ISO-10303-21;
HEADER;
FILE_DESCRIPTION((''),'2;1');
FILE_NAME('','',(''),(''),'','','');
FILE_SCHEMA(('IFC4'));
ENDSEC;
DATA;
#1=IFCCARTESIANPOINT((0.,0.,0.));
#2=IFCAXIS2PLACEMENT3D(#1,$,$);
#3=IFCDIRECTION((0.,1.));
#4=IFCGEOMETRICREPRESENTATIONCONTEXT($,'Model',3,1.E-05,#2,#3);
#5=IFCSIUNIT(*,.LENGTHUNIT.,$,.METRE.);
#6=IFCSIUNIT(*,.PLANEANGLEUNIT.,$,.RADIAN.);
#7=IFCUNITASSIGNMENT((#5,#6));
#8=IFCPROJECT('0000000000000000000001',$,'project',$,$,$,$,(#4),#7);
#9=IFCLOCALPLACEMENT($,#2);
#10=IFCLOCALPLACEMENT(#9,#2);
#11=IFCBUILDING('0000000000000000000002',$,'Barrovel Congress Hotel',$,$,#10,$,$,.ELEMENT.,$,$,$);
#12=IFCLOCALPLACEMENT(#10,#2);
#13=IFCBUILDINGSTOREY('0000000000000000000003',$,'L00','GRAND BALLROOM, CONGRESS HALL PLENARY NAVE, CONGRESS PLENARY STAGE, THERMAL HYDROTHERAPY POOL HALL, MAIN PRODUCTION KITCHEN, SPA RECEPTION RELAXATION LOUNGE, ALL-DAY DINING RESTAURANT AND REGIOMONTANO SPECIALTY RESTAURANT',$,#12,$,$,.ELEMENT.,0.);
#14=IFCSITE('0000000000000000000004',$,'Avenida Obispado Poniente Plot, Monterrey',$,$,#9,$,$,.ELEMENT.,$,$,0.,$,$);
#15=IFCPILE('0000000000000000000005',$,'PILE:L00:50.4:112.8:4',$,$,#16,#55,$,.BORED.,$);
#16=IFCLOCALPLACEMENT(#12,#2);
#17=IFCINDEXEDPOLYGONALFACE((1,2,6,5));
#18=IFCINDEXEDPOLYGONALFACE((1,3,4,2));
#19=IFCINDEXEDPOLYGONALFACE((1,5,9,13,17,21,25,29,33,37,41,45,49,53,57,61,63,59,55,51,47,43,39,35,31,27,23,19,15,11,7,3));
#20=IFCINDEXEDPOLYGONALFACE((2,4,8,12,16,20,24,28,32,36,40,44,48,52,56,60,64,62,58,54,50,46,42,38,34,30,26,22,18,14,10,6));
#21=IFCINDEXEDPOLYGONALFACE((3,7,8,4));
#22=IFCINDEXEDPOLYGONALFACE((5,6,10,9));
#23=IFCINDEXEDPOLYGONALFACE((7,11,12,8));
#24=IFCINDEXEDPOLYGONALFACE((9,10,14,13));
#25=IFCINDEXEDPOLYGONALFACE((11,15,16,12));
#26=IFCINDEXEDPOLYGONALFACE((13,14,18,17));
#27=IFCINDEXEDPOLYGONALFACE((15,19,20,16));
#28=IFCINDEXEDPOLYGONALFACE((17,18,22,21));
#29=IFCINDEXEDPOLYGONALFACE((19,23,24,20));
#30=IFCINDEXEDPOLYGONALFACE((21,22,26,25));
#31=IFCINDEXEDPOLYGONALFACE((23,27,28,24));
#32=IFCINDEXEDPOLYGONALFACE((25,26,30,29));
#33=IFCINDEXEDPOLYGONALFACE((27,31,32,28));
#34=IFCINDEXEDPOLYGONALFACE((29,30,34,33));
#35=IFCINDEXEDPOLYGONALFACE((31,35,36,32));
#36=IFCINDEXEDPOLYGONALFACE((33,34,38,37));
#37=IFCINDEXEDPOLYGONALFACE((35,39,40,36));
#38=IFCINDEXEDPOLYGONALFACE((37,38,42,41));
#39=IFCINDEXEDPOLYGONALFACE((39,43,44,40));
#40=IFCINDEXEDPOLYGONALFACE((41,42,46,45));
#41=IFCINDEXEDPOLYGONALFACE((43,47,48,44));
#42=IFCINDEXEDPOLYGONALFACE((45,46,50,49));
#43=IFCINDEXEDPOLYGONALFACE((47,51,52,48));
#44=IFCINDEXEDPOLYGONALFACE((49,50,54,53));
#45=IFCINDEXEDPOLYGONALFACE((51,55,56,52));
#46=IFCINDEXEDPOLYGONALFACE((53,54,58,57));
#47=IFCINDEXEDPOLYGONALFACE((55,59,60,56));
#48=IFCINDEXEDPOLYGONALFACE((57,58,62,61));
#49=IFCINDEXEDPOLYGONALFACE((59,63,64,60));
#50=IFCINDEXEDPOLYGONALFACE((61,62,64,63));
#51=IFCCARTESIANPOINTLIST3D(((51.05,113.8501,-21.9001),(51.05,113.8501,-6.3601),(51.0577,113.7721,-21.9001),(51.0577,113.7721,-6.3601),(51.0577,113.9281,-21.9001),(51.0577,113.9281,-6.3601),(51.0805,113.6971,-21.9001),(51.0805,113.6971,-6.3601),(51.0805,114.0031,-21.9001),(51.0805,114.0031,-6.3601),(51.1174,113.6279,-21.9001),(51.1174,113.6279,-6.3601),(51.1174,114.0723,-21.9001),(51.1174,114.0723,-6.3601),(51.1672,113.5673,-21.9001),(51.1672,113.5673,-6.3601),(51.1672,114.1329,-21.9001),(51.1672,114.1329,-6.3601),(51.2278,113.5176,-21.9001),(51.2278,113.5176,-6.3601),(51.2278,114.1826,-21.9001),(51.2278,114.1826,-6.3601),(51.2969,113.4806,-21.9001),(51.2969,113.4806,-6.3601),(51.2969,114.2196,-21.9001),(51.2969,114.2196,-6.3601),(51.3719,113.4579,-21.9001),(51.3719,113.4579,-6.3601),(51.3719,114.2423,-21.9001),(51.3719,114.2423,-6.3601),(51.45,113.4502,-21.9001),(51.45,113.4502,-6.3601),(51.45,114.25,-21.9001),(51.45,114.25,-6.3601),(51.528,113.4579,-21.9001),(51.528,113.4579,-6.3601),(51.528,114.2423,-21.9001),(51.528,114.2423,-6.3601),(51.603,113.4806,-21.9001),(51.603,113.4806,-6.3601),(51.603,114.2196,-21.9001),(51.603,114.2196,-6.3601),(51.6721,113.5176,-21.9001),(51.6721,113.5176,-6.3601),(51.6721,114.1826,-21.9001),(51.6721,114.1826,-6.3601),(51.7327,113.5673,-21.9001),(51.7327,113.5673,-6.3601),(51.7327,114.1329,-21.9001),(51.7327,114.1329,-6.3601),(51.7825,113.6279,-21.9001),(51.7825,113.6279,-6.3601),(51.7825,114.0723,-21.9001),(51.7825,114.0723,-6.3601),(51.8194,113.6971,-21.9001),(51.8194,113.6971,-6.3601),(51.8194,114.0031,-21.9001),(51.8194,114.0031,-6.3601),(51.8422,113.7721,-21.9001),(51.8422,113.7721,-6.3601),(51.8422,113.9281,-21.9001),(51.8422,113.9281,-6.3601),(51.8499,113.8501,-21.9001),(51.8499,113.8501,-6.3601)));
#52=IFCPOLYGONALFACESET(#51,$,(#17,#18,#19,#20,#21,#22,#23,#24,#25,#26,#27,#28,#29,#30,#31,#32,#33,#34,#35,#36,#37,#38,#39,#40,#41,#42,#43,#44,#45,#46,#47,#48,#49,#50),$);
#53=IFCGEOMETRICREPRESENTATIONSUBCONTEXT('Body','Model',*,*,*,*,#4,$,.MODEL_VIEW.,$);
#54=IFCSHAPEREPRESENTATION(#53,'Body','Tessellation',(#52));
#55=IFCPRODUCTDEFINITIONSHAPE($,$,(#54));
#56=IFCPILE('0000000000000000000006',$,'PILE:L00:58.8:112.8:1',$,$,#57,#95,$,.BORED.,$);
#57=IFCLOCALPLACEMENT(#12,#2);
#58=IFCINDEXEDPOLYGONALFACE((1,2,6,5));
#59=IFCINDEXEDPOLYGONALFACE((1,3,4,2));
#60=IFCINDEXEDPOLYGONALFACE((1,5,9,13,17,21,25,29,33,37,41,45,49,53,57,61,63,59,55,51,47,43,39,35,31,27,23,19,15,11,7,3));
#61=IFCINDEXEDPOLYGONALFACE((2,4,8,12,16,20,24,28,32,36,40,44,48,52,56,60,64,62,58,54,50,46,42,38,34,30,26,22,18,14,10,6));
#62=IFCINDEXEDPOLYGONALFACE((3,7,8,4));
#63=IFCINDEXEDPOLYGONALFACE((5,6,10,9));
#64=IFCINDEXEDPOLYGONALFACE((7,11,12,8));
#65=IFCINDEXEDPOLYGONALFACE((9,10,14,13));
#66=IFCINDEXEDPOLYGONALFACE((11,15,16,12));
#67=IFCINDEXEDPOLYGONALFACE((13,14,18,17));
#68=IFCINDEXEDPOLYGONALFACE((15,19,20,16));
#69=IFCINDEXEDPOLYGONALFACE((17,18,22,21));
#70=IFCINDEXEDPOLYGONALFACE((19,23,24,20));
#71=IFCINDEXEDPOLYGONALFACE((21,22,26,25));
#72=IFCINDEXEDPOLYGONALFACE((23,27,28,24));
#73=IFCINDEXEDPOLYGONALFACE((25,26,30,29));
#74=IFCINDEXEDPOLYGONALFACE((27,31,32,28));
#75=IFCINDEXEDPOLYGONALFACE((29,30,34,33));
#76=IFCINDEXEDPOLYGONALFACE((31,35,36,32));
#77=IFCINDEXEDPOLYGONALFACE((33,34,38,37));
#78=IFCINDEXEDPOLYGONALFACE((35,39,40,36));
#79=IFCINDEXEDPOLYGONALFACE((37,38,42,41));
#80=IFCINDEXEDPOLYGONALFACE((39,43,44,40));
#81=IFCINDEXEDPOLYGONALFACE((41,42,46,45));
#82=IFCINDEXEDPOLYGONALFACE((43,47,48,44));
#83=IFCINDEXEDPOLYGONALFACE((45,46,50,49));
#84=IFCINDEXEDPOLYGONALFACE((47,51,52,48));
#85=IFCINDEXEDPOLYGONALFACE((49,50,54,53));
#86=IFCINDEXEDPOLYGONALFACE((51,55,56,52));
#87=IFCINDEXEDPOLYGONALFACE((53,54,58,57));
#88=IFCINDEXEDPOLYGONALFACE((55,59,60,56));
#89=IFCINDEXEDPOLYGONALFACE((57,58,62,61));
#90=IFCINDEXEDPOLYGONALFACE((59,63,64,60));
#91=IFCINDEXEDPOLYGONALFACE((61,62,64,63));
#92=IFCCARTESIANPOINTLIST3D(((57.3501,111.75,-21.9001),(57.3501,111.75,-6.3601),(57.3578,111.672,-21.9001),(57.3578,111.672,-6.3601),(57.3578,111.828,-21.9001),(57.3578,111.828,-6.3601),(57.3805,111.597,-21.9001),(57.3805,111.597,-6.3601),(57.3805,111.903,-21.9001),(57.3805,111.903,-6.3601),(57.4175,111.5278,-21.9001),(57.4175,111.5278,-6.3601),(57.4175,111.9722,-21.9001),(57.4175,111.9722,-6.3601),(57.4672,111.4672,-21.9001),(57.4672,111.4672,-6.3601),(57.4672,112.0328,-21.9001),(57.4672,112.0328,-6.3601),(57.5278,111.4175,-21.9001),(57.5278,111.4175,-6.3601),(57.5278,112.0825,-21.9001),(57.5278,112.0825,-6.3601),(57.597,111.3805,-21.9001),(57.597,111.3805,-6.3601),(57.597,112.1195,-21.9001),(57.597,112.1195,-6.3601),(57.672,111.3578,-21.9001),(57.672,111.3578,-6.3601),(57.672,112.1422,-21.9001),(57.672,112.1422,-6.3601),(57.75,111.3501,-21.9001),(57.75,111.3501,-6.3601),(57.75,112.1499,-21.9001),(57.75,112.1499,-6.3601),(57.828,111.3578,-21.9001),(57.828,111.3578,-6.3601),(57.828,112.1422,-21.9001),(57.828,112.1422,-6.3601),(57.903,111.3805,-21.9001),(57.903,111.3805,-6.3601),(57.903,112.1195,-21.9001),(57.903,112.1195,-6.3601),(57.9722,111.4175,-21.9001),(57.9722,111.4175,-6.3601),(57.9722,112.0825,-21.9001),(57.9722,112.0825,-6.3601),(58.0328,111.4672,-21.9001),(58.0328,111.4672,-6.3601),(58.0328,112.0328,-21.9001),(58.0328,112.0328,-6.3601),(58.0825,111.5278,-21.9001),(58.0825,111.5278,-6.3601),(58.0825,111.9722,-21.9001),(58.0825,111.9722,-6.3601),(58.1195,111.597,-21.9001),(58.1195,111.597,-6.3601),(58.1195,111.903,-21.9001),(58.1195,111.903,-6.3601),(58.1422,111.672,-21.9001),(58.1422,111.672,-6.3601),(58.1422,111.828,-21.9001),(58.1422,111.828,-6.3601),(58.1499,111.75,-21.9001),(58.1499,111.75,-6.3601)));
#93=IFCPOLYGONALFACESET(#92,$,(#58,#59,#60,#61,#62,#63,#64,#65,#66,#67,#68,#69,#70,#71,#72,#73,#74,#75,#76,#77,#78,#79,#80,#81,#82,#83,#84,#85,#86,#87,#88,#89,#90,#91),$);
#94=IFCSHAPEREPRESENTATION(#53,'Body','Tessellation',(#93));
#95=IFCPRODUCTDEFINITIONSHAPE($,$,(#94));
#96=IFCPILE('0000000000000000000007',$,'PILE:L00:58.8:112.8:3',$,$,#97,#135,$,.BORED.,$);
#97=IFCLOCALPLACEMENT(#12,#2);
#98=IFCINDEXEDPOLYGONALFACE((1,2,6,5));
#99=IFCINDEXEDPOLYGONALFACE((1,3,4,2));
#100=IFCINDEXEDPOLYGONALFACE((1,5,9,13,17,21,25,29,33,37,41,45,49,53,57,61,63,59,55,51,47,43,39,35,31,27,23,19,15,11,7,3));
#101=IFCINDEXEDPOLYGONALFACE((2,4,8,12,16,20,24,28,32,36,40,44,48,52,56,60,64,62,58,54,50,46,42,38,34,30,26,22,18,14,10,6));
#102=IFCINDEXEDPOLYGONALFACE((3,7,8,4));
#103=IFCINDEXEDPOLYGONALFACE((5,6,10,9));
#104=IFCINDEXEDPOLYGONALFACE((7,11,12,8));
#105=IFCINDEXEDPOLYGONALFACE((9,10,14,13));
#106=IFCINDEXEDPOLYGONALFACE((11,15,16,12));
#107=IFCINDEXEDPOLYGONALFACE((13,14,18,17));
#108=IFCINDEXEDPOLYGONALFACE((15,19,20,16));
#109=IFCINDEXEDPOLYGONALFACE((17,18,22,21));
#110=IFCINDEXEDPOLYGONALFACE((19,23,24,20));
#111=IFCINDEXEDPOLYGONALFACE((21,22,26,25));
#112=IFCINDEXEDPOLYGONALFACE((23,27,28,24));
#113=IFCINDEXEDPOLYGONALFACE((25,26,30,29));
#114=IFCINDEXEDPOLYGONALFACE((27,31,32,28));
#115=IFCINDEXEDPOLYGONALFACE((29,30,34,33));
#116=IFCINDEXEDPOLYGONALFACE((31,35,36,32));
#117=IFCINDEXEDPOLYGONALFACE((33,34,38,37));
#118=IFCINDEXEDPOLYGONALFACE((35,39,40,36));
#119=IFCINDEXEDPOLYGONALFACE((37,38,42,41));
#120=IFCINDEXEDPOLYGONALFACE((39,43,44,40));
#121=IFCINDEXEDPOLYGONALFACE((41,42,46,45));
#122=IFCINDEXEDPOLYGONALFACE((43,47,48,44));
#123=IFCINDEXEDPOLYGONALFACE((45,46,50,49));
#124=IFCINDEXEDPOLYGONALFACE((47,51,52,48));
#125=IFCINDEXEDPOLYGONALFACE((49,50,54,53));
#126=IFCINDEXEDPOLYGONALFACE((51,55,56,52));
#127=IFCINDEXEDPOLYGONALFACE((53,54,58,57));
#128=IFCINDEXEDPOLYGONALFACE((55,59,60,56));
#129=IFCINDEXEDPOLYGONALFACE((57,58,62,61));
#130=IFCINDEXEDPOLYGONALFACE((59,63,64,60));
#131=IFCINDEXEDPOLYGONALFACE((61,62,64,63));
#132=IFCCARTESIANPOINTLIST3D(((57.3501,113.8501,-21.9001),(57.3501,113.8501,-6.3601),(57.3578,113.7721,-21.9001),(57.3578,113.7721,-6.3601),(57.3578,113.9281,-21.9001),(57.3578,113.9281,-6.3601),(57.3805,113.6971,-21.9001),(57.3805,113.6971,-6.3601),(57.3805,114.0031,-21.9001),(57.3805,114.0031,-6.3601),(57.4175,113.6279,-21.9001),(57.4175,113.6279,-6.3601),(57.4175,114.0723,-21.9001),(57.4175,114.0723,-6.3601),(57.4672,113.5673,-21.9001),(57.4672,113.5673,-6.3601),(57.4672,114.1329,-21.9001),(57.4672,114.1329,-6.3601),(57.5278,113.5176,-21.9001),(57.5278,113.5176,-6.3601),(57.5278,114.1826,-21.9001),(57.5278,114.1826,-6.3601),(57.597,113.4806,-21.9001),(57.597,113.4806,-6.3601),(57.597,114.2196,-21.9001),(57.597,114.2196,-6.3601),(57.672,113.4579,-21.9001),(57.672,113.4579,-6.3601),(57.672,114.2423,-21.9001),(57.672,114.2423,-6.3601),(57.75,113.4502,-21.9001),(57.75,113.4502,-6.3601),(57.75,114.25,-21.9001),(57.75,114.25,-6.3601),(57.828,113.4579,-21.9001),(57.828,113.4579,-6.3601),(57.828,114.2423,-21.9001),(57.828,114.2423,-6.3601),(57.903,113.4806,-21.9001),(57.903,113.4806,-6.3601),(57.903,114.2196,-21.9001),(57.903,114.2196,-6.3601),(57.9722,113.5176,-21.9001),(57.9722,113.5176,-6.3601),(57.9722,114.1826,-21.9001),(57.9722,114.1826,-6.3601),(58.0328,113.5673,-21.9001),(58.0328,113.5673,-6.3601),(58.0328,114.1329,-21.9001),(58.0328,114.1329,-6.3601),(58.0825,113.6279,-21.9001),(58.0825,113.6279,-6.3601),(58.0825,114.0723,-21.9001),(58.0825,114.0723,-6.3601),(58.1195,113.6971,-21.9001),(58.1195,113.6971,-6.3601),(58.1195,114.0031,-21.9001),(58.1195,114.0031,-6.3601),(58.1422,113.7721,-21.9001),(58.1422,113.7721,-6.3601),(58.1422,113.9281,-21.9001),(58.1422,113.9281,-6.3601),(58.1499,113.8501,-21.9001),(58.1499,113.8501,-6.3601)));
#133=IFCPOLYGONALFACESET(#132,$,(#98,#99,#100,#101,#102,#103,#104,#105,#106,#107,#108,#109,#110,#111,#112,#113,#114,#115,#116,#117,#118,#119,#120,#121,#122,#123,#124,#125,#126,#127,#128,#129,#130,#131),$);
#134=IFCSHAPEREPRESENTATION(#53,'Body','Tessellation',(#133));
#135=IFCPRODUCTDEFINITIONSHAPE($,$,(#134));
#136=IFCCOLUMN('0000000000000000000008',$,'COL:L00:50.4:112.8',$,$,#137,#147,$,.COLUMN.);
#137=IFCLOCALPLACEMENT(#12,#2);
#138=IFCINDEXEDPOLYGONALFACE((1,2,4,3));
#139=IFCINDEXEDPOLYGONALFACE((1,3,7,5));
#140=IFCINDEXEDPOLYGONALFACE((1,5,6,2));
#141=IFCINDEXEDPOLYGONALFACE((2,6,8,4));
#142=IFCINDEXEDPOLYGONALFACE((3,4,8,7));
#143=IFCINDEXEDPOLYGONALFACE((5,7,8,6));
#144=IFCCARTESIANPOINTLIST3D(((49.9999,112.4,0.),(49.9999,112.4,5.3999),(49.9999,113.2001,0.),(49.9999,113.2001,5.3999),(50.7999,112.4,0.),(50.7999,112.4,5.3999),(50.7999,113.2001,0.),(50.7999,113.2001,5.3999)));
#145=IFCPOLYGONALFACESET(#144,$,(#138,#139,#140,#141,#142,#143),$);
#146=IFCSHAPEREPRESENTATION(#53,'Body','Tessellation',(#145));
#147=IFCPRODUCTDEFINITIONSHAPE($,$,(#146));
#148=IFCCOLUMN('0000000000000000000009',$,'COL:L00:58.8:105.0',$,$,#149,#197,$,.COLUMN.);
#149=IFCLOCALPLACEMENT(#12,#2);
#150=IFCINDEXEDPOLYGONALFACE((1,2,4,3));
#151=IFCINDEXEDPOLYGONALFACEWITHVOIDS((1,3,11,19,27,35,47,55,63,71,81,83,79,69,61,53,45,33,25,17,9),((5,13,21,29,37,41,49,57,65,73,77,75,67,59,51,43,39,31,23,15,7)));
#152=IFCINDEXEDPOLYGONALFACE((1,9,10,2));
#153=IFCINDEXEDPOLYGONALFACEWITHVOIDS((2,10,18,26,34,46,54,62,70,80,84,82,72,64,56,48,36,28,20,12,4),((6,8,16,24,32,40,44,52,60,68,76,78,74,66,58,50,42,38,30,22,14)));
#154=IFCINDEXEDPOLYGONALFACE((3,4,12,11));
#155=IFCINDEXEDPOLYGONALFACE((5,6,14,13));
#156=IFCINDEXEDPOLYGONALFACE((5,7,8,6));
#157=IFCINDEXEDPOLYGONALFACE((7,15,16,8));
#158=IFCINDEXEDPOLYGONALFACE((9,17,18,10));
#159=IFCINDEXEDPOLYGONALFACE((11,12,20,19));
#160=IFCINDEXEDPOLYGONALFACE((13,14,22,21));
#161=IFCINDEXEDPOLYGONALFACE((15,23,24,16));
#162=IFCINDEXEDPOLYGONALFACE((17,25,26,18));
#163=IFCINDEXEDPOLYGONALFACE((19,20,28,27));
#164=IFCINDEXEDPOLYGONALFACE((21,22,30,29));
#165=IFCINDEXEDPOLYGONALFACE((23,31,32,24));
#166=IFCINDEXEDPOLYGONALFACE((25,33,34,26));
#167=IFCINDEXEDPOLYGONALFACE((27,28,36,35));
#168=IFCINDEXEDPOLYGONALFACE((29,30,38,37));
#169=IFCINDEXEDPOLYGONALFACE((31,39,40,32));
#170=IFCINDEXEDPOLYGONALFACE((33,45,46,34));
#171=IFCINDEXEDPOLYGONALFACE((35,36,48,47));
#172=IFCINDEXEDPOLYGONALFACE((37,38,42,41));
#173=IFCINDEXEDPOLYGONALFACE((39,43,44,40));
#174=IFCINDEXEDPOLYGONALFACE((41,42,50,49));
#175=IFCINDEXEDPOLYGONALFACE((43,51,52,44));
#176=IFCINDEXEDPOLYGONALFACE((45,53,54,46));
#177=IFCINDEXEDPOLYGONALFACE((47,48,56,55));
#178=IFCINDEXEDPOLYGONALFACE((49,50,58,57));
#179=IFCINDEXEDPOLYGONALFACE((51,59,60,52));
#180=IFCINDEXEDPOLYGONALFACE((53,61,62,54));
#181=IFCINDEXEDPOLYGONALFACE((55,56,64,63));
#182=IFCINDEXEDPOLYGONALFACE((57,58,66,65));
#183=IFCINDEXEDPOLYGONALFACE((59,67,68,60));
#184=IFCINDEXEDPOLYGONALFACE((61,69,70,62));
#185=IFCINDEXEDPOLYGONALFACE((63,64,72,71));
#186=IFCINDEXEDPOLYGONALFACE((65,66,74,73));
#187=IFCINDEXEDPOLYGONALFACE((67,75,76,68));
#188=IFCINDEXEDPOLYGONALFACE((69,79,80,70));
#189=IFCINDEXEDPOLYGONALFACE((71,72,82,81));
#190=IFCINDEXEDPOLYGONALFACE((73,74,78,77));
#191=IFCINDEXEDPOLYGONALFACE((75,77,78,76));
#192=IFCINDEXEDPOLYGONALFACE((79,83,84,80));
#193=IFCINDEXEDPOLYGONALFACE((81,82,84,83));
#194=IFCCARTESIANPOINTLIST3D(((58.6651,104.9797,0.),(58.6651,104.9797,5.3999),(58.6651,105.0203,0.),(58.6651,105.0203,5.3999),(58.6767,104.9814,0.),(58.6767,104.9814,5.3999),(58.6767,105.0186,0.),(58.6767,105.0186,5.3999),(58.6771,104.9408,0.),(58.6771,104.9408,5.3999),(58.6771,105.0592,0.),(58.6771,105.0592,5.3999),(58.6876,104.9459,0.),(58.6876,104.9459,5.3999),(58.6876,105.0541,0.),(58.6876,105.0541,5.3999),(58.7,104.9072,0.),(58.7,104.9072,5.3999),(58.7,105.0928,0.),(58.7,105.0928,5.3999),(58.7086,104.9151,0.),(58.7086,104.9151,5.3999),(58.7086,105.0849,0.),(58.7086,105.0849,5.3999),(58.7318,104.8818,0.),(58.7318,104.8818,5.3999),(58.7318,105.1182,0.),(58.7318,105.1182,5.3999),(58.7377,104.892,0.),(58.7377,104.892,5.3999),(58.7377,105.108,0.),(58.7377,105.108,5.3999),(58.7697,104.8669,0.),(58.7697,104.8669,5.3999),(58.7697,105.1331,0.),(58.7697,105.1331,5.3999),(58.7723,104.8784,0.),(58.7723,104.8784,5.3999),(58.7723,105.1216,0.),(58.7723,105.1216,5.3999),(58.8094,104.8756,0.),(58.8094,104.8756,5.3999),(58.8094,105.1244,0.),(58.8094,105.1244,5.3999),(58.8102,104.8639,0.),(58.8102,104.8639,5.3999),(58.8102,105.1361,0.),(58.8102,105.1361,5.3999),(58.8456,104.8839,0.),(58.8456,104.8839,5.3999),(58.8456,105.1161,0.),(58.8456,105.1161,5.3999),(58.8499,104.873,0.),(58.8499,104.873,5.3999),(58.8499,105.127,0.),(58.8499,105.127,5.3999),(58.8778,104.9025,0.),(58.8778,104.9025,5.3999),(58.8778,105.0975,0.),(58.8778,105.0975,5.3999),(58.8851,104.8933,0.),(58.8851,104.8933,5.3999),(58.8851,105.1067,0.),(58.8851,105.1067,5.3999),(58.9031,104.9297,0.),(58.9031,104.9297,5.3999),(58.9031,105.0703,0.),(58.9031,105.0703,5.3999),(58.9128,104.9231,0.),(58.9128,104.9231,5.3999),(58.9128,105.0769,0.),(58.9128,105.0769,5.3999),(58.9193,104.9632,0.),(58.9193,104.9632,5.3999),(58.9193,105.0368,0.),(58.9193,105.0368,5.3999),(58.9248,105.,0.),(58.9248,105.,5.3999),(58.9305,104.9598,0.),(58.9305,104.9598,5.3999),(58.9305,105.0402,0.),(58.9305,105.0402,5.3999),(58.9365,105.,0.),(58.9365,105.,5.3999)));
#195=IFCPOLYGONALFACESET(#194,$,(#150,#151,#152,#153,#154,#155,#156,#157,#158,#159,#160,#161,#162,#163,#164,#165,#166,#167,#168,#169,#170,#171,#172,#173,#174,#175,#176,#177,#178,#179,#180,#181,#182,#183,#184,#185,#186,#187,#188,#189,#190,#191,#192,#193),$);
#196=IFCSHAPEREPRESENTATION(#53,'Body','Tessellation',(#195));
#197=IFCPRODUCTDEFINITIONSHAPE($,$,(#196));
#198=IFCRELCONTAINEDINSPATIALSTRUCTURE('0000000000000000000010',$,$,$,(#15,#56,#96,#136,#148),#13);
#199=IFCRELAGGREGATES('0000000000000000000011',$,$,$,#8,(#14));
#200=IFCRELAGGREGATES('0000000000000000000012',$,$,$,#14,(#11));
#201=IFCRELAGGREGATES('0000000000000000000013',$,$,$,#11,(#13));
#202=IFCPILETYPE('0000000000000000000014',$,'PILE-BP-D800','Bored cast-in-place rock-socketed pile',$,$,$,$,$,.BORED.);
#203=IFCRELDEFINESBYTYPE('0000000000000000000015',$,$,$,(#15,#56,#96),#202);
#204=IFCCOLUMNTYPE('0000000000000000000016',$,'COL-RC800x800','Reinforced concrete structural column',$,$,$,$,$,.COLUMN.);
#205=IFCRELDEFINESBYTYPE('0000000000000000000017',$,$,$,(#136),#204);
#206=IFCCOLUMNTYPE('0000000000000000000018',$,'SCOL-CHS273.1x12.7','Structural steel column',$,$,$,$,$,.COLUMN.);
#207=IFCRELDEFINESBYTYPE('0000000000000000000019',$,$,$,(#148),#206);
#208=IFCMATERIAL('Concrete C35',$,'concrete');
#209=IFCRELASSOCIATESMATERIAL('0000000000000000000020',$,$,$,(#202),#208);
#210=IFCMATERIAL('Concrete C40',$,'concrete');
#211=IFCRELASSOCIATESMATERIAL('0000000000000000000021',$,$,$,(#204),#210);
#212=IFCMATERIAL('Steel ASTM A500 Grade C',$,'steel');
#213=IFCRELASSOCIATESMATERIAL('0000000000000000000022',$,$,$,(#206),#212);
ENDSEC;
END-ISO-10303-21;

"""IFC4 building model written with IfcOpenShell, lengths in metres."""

from ifc_helpers import new_model, si_unit, direction, frame, origin, origin_2d, place, context, subcontext, project, spatial, rectangle, circle, hollow_circle, extrude, material, material_profile, profile_set, type_object, element, save


model = new_model("IFC4")

# Units and contexts
model_context = context("Model", 3, precision=1e-05, world=origin(), true_north=direction((0.0, 1.0)))
body_context = subcontext(model_context, "Body", "Model", "MODEL_VIEW")
ifc_project = project(units=[si_unit("LENGTHUNIT", "METRE"), si_unit("PLANEANGLEUNIT", "RADIAN")], contexts=[model_context])

# Site, building, storey
site_placement = place(None, origin())
site = spatial("IfcSite", under=ifc_project, at=site_placement, Name="Avenida Obispado Poniente Plot, Monterrey", CompositionType="ELEMENT", RefElevation=0.0)
building_placement = place(site_placement, origin())
building = spatial("IfcBuilding", under=site, at=building_placement, Name="Barrovel Congress Hotel", CompositionType="ELEMENT")
storey_placement = place(building_placement, origin())
storey = spatial("IfcBuildingStorey", under=building, at=storey_placement, Name="L00", Description="GRAND BALLROOM, CONGRESS HALL PLENARY NAVE, CONGRESS PLENARY STAGE, THERMAL HYDROTHERAPY POOL HALL, MAIN PRODUCTION KITCHEN, SPA RECEPTION RELAXATION LOUNGE, ALL-DAY DINING RESTAURANT AND REGIOMONTANO SPECIALTY RESTAURANT", CompositionType="ELEMENT", Elevation=0.0)

# Shared definitions
ifc_material_1 = material(Name="Concrete C40", Category="concrete")

# Piles
ifc_material_2 = material(Name="Concrete C35", Category="concrete")
ifc_material_profile_1 = material_profile(ifc_material_2, circle(Radius=0.3999, at=origin_2d()), Name="BP-D800")
ifc_profile_set_1 = profile_set([ifc_material_profile_1], Name="Concrete C35")
pile_type = type_object("IfcPileType", Name="PILE-BP-D800", Description="Bored cast-in-place rock-socketed pile", PredefinedType="BORED", material=ifc_profile_set_1)
for number, where, z_axis, x_axis, name in (
    (1, (51.45, 113.8501, -6.3601), (0.0, 0.0, -1.0), (1.0, 0.0, 0.0), "PILE:L00:50.4:112.8:4"),
    (2, (57.75, 111.75, -6.3601), (0.0, 0.0, -1.0), (1.0, 0.0, 0.0), "PILE:L00:58.8:112.8:1"),
    (3, (57.75, 113.8501, -6.3601), (0.0, 0.0, -1.0), (1.0, 0.0, 0.0), "PILE:L00:58.8:112.8:3"),
):
    element("IfcPile", number, at=place(storey_placement, frame(where, z_axis=z_axis, x_axis=x_axis)), inside=storey, type_object=pile_type, Name=name, PredefinedType="BORED", context=body_context, shape_type="SweptSolid", body=[
        extrude(circle(Radius=0.3999, at=origin_2d()), origin(), (0.0, 0.0, 1.0), 15.54),
    ])

# Columns
ifc_material_profile_2 = material_profile(ifc_material_1, rectangle(XDim=0.8, YDim=0.8, at=origin_2d()), Name="RC800x800")
ifc_profile_set_2 = profile_set([ifc_material_profile_2], Name="Concrete C40")
column_type_1 = type_object("IfcColumnType", Name="COL-RC800x800", Description="Reinforced concrete structural column", PredefinedType="COLUMN", material=ifc_profile_set_2)
column_1_placement = place(storey_placement, frame((50.3999, 112.8, 0.0), z_axis=(0.0, 0.0, 1.0), x_axis=(1.0, 0.0, 0.0)))
element("IfcColumn", 4, at=column_1_placement, inside=storey, type_object=column_type_1, Name="COL:L00:50.4:112.8", PredefinedType="COLUMN", context=body_context, shape_type="SweptSolid", body=[
    extrude(rectangle(XDim=0.8, YDim=0.8, at=origin_2d()), origin(), (0.0, 0.0, 1.0), 5.3999),
])
ifc_material_3 = material(Name="Steel ASTM A500 Grade C", Category="steel")
ifc_material_profile_3 = material_profile(ifc_material_3, hollow_circle(Radius=0.1365, WallThickness=0.0117, at=origin_2d()), Name="CHS273.1x12.7")
ifc_profile_set_3 = profile_set([ifc_material_profile_3], Name="Steel ASTM A500 Grade C")
column_type_2 = type_object("IfcColumnType", Name="SCOL-CHS273.1x12.7", Description="Structural steel column", PredefinedType="COLUMN", material=ifc_profile_set_3)
column_2_placement = place(storey_placement, frame((58.8, 105.0, 0.0), z_axis=(0.0, 0.0, 1.0), x_axis=(1.0, 0.0, 0.0)))
element("IfcColumn", 5, at=column_2_placement, inside=storey, type_object=column_type_2, Name="COL:L00:58.8:105.0", PredefinedType="COLUMN", context=body_context, shape_type="SweptSolid", body=[
    extrude(hollow_circle(Radius=0.1365, WallThickness=0.0117, at=origin_2d()), origin(), (0.0, 0.0, 1.0), 5.3999),
])

save(model, "model.ifc")
